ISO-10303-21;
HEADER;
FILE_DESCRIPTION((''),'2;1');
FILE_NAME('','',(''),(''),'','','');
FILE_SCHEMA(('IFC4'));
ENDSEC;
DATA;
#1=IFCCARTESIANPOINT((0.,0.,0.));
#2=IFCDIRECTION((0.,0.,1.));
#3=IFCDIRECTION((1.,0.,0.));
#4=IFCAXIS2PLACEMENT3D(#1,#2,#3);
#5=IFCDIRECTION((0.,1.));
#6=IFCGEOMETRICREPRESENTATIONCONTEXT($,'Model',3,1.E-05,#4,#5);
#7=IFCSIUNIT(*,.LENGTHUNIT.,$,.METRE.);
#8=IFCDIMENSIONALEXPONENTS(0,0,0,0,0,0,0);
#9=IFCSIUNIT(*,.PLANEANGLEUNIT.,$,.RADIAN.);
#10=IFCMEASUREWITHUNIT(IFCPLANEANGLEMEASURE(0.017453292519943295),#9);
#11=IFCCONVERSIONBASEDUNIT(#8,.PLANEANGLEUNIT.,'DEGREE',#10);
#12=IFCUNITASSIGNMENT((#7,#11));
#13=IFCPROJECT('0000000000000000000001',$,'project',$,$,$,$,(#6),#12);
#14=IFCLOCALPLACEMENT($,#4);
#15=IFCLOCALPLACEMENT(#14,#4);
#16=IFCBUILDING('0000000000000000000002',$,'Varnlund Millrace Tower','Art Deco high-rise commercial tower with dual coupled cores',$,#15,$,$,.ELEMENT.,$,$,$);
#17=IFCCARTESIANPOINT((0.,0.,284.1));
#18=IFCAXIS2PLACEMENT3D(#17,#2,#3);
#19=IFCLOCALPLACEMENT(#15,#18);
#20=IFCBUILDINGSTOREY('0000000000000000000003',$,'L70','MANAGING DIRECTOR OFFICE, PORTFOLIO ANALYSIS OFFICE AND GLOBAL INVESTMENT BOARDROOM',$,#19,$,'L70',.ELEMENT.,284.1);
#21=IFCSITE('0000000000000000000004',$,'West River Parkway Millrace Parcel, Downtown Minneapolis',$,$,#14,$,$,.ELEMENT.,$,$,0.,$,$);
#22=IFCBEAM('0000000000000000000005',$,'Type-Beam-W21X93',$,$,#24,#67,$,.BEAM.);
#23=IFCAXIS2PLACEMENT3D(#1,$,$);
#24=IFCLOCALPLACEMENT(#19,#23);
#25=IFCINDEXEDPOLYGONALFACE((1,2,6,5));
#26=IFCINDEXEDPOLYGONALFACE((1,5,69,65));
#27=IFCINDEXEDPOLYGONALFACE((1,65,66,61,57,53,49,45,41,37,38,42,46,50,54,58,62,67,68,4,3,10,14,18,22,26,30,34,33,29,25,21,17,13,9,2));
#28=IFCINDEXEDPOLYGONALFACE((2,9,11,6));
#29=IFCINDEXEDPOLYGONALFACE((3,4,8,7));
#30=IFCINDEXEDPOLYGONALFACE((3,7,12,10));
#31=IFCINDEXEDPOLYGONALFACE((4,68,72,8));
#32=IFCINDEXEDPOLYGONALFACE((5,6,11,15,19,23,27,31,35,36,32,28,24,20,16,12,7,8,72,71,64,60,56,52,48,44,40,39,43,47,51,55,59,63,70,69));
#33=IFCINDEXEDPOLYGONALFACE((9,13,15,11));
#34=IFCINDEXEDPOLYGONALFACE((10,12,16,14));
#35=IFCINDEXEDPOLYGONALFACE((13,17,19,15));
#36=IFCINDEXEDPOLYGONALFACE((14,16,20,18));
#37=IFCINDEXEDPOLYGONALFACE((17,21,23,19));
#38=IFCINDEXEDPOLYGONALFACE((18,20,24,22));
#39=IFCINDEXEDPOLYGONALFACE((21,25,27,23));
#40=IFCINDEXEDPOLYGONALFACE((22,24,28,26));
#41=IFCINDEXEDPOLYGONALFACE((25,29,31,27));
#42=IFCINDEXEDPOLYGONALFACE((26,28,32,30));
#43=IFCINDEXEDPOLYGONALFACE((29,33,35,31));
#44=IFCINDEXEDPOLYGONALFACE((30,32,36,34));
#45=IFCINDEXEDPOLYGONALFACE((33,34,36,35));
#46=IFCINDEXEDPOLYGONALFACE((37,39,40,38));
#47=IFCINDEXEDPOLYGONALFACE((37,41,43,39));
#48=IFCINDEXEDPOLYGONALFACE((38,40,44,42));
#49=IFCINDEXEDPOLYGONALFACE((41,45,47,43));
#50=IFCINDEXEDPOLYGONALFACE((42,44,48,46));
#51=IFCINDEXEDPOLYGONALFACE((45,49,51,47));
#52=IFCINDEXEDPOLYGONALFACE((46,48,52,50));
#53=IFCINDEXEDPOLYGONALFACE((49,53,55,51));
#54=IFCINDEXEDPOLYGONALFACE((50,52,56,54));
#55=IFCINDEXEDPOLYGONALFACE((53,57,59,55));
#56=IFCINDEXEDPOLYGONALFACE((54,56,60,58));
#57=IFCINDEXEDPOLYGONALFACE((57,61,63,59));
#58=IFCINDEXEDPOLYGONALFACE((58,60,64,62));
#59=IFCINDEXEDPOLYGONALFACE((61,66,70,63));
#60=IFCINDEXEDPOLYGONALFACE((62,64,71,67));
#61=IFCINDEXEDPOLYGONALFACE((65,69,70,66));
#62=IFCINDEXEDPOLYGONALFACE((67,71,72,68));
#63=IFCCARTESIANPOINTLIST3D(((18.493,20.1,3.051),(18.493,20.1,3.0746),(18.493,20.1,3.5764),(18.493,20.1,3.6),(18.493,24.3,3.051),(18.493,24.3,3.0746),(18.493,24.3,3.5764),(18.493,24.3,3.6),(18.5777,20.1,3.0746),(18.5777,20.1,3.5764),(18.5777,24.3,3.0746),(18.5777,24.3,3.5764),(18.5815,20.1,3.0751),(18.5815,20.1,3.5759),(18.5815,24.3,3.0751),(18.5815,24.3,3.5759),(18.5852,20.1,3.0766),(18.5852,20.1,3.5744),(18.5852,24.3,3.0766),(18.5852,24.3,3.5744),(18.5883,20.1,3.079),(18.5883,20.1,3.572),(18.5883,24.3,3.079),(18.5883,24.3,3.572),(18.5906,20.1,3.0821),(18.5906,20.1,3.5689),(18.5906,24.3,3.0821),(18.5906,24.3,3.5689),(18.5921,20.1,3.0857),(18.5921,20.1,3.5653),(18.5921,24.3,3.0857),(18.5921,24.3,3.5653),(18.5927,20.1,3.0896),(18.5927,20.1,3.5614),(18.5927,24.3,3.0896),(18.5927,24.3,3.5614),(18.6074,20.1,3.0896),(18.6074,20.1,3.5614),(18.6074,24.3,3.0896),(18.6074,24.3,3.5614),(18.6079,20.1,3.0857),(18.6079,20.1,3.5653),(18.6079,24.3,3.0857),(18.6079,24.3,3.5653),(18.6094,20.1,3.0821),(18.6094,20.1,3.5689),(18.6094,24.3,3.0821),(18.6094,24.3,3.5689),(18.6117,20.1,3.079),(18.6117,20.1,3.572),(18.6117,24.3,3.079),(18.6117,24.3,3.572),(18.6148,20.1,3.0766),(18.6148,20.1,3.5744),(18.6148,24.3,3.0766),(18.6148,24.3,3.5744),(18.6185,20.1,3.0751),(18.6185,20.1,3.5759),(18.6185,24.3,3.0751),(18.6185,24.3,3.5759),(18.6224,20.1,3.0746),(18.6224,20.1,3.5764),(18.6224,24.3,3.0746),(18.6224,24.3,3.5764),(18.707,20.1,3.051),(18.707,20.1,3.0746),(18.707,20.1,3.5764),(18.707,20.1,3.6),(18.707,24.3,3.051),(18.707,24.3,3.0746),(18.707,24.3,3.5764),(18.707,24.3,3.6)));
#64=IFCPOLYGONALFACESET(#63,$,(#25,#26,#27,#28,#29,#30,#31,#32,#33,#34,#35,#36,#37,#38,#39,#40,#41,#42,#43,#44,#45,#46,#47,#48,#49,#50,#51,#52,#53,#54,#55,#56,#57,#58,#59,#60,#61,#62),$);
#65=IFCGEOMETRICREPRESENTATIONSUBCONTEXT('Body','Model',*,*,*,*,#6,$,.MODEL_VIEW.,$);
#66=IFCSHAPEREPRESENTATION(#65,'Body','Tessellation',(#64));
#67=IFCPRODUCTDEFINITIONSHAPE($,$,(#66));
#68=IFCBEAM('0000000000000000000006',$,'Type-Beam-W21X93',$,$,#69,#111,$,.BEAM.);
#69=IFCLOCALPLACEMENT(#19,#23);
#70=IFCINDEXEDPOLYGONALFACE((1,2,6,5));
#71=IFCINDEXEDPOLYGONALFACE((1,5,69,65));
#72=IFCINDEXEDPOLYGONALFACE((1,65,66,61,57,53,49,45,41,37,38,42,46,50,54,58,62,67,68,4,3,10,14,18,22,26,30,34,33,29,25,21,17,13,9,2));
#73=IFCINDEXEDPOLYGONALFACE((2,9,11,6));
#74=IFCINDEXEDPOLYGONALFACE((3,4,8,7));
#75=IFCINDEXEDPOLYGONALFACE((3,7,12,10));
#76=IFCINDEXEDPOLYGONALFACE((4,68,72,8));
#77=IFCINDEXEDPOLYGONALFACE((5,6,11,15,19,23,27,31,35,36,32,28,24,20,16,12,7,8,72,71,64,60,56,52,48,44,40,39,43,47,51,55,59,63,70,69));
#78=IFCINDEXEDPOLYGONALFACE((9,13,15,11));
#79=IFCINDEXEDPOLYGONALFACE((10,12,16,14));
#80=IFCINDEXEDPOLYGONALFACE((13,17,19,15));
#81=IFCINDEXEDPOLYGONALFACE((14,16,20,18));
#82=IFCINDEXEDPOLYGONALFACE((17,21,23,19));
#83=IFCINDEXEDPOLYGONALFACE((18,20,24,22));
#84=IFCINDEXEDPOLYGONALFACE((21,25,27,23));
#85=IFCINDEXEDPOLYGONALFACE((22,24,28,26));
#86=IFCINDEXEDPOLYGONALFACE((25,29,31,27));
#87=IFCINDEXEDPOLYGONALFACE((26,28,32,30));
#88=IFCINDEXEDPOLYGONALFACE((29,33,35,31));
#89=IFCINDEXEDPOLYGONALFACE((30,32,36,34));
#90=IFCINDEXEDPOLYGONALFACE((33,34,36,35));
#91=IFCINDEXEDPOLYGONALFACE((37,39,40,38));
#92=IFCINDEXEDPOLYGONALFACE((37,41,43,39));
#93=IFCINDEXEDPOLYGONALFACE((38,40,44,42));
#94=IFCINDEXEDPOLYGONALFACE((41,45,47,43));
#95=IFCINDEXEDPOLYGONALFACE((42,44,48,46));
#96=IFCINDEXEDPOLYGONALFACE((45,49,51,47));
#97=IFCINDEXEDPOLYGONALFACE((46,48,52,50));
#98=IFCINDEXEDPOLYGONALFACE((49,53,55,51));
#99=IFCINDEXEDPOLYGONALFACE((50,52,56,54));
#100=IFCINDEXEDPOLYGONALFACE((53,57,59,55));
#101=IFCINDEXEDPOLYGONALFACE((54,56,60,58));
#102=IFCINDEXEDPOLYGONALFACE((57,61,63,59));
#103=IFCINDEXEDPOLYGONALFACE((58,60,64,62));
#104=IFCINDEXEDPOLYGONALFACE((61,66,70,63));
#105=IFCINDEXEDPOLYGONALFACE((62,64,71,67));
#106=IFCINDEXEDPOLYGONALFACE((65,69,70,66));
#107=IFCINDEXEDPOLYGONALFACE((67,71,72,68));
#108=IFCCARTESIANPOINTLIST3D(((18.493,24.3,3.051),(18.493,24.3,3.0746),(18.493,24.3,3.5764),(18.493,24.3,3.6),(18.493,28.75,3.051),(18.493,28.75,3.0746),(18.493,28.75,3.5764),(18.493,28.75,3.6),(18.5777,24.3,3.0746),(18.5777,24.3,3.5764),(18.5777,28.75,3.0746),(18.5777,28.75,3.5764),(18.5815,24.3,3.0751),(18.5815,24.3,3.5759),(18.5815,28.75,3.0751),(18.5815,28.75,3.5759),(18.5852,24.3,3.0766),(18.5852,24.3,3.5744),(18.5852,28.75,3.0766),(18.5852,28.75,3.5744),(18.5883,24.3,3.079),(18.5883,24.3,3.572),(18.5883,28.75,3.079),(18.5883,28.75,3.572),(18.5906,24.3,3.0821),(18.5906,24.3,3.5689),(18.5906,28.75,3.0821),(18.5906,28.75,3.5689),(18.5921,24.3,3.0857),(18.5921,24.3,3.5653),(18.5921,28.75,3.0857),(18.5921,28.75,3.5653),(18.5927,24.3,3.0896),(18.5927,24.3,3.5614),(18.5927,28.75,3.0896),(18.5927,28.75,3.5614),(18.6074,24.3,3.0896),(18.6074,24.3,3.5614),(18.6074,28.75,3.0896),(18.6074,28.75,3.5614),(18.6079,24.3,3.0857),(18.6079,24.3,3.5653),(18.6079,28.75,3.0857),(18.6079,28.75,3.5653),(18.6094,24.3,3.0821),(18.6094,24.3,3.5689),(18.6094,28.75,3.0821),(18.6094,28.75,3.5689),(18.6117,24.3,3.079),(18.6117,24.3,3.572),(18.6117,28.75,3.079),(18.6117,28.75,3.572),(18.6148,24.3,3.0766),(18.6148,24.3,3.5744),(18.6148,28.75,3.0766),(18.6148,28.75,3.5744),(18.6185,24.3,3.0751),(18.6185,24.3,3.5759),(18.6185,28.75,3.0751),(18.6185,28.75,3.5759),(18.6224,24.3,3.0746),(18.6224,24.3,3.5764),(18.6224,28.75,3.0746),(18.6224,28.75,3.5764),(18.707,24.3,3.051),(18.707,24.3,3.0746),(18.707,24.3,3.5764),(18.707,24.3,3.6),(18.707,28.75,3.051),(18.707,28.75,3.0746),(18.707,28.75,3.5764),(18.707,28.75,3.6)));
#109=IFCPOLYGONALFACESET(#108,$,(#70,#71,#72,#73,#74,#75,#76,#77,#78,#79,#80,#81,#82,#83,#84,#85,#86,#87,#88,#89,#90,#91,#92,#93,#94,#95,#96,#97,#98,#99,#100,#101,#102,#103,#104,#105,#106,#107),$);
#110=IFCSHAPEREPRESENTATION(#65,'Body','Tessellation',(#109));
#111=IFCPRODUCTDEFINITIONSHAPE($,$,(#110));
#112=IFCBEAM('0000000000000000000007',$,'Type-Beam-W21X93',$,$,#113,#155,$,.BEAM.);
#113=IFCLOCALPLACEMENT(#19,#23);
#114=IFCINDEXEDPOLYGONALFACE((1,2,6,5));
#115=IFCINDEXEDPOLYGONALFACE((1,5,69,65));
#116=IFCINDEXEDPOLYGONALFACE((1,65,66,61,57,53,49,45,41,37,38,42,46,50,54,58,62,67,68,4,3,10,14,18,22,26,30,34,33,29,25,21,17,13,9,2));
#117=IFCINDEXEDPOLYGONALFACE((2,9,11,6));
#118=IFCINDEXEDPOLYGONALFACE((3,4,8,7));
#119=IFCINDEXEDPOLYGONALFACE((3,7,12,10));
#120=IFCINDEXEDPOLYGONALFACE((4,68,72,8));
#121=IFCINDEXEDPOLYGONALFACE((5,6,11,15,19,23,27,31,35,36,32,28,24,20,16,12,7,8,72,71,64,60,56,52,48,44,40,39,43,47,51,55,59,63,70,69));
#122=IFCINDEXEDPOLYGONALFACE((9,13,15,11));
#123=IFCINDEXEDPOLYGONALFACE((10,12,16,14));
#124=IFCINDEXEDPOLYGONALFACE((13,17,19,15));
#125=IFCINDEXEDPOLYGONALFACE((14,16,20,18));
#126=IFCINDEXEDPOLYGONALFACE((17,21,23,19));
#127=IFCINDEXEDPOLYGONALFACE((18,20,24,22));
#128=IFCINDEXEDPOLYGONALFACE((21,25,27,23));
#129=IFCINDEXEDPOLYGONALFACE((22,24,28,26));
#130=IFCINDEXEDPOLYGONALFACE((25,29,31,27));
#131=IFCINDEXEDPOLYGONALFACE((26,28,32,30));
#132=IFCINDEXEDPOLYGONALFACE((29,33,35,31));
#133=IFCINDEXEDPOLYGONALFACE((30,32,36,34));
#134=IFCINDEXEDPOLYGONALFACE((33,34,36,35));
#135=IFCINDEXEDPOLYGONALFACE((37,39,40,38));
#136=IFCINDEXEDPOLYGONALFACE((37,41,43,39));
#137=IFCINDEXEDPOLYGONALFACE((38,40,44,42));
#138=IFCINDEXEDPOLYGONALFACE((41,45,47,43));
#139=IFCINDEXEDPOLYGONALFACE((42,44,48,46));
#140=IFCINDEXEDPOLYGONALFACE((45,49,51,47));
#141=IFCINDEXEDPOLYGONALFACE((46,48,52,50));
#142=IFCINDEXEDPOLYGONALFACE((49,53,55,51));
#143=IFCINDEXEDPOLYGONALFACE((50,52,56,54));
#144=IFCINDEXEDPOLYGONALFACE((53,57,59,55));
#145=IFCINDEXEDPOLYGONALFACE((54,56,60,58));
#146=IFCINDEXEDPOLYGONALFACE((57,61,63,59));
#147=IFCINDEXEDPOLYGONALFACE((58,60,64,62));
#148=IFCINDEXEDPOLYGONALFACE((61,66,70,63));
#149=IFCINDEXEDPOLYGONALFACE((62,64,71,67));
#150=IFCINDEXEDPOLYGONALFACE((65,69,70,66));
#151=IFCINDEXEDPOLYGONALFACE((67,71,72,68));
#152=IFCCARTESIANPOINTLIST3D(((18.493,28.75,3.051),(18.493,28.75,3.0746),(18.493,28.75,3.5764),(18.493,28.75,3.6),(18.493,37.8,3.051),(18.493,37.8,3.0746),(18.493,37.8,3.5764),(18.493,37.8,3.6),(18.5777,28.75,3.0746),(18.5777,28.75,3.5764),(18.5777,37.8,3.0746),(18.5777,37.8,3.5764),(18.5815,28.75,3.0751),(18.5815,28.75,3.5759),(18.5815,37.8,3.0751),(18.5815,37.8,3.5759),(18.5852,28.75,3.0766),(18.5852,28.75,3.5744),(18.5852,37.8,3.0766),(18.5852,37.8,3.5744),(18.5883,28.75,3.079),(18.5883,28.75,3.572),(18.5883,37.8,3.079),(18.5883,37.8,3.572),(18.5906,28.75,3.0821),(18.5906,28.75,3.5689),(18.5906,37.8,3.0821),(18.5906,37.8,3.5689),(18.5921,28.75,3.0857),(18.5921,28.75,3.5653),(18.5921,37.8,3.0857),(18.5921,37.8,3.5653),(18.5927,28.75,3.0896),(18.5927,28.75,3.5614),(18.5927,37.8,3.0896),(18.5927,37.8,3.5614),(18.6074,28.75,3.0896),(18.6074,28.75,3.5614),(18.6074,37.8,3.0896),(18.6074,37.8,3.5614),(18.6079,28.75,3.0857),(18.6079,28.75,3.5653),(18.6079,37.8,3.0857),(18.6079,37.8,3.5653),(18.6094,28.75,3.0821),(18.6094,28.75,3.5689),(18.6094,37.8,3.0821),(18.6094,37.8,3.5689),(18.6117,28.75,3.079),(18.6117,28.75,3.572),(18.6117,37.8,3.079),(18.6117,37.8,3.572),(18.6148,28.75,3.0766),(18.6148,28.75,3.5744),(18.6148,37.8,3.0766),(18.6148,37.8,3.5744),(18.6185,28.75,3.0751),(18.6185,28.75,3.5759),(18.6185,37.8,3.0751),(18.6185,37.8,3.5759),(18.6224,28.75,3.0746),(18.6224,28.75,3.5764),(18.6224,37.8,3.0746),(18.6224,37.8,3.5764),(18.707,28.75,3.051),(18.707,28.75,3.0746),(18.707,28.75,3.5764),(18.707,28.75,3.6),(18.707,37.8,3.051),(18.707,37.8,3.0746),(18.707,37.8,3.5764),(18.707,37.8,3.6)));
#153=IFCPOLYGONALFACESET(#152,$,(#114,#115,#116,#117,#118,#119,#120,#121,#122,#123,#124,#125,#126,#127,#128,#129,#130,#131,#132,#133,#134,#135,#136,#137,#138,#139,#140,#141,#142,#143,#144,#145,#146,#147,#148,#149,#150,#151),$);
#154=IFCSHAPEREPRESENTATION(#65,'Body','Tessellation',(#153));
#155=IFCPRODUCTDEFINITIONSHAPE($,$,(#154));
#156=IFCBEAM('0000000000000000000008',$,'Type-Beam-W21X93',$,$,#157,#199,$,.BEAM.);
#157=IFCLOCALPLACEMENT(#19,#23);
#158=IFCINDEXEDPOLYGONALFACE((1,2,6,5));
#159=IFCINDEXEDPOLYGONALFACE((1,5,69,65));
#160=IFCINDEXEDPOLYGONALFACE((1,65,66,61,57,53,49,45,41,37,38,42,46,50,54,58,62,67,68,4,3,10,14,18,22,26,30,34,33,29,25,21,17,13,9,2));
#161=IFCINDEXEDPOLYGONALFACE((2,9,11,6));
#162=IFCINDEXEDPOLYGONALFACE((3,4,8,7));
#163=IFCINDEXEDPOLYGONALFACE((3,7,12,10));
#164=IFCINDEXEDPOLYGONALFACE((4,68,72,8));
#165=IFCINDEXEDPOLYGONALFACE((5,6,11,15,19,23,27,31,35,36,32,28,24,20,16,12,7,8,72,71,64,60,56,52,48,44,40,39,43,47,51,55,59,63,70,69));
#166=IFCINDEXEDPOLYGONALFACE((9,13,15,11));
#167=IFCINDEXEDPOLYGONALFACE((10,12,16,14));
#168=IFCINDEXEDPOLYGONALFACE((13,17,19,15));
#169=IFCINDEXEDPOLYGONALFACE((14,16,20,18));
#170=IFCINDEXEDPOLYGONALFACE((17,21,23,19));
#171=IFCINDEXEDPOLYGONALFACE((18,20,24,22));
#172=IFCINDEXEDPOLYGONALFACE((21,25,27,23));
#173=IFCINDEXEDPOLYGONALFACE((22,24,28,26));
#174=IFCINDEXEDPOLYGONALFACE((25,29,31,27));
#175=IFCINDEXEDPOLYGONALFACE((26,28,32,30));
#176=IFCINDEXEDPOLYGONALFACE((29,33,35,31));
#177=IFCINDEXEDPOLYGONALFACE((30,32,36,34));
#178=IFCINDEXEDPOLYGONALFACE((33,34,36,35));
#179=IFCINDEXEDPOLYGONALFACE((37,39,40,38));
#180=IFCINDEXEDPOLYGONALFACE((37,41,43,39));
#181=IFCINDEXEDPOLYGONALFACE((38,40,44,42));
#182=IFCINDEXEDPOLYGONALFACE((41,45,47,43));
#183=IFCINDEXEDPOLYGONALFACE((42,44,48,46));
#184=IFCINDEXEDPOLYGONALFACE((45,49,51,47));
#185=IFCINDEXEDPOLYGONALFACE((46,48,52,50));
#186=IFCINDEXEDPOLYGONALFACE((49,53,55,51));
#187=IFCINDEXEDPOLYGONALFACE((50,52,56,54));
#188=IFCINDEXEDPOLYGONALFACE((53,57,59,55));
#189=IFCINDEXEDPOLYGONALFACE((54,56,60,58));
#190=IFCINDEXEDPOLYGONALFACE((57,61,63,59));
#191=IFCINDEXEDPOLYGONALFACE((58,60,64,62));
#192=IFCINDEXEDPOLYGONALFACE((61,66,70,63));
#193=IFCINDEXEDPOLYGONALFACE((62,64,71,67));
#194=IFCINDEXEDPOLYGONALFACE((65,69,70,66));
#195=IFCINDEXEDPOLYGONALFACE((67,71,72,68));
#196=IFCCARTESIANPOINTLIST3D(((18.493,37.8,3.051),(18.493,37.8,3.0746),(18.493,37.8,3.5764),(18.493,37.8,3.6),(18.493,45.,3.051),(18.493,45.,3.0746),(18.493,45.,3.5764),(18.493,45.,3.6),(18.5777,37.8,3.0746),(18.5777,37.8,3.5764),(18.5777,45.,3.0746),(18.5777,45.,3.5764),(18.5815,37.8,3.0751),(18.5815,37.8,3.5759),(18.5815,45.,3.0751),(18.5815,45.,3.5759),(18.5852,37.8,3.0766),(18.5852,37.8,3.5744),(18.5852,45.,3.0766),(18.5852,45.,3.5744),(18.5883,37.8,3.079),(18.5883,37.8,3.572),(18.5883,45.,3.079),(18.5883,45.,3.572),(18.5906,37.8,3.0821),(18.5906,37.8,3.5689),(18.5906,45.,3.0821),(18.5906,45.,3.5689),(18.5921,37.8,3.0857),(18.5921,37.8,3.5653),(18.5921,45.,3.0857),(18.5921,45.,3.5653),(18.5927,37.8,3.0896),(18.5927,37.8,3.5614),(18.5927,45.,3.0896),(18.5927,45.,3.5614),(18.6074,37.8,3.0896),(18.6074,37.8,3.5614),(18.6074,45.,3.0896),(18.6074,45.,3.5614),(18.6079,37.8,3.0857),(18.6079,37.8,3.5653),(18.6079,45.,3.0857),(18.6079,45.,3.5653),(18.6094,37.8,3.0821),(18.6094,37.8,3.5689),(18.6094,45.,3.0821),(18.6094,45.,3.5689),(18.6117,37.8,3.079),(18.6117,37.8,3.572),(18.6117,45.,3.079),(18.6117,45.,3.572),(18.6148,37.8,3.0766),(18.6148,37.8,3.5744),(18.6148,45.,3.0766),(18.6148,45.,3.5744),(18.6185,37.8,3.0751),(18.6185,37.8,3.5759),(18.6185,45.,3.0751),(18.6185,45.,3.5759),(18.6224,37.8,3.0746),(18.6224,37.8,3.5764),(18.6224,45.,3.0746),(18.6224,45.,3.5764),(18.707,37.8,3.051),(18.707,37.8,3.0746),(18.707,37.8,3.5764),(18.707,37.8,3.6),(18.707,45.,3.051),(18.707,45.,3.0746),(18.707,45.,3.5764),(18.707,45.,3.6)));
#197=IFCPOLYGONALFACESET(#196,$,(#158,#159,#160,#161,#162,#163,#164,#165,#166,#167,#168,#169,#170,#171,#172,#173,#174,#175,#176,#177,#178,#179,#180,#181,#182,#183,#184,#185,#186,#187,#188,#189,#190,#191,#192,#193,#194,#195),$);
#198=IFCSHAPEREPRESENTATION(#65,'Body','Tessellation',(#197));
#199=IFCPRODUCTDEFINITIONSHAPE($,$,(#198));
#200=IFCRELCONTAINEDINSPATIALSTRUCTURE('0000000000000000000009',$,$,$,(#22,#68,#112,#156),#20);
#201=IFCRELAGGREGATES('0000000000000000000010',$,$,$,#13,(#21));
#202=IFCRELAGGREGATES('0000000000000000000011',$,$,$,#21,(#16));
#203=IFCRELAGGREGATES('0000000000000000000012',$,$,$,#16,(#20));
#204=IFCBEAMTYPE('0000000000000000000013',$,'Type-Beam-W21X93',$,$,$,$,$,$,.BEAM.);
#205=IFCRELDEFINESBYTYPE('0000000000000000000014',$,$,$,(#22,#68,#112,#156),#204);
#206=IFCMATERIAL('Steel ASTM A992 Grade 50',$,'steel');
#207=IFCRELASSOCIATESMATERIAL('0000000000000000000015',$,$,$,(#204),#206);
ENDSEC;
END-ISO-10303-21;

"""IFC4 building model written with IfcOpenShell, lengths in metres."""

from ifc_helpers import new_model, entity, si_unit, converted_unit, direction, frame, origin_with_axes, origin_2d_with_axis, place, context, subcontext, project, spatial, i_section, extrude, material, material_profile, profile_set, type_object, element, save


model = new_model("IFC4")

# Units and contexts
model_context = context("Model", 3, precision=1e-05, world=origin_with_axes(), true_north=direction((0.0, 1.0)))
body_context = subcontext(model_context, "Body", "Model", "MODEL_VIEW")
ifc_project = project(units=[si_unit("LENGTHUNIT", "METRE"), converted_unit("PLANEANGLEUNIT", "DEGREE", entity("IfcPlaneAngleMeasure", 0.017453292519943295), si_unit("PLANEANGLEUNIT", "RADIAN"), dimensions=[0, 0, 0, 0, 0, 0, 0])], contexts=[model_context])

# Site, building, storey
site_placement = place(None, origin_with_axes())
site = spatial("IfcSite", under=ifc_project, at=site_placement, Name="West River Parkway Millrace Parcel, Downtown Minneapolis", CompositionType="ELEMENT", RefElevation=0.0)
building_placement = place(site_placement, origin_with_axes())
building = spatial("IfcBuilding", under=site, at=building_placement, Name="Varnlund Millrace Tower", Description="Art Deco high-rise commercial tower with dual coupled cores", CompositionType="ELEMENT")
storey_placement = place(building_placement, frame((0.0, 0.0, 284.1), z_axis=(0.0, 0.0, 1.0), x_axis=(1.0, 0.0, 0.0)))
storey = spatial("IfcBuildingStorey", under=building, at=storey_placement, Name="L70", Description="MANAGING DIRECTOR OFFICE, PORTFOLIO ANALYSIS OFFICE AND GLOBAL INVESTMENT BOARDROOM", LongName="L70", CompositionType="ELEMENT", Elevation=284.1)

# Beams
ifc_material_1 = material(Name="Steel ASTM A992 Grade 50", Category="steel")
ifc_material_profile_1 = material_profile(ifc_material_1, i_section(OverallWidth=0.214, OverallDepth=0.549, WebThickness=0.0147, FlangeThickness=0.0236, FilletRadius=0.015, at=origin_2d_with_axis()), Name="Steel ASTM A992 Grade 50")
ifc_profile_set_1 = profile_set([ifc_material_profile_1], Name="Steel ASTM A992 Grade 50")
beam_type_1 = type_object("IfcBeamType", Name="Type-Beam-W21X93", PredefinedType="BEAM", material=ifc_profile_set_1)
beam_1_placement = place(storey_placement, frame((18.6, 20.1, 3.3255), z_axis=(0.0, 1.0, 0.0), x_axis=(-1.0, 0.0, 0.0)))
element("IfcBeam", 1, at=beam_1_placement, inside=storey, type_object=beam_type_1, Name="Type-Beam-W21X93", PredefinedType="BEAM", context=body_context, shape_type="SweptSolid", body=[
    extrude(i_section(OverallWidth=0.214, OverallDepth=0.549, WebThickness=0.0147, FlangeThickness=0.0236, FilletRadius=0.015, at=origin_2d_with_axis()), origin_with_axes(), (0.0, 0.0, 1.0), 4.2),
])
beam_2_placement = place(storey_placement, frame((18.6, 24.3, 3.3255), z_axis=(0.0, 1.0, 0.0), x_axis=(-1.0, 0.0, 0.0)))
element("IfcBeam", 2, at=beam_2_placement, inside=storey, type_object=beam_type_1, Name="Type-Beam-W21X93", PredefinedType="BEAM", context=body_context, shape_type="SweptSolid", body=[
    extrude(i_section(OverallWidth=0.214, OverallDepth=0.549, WebThickness=0.0147, FlangeThickness=0.0236, FilletRadius=0.015, at=origin_2d_with_axis()), origin_with_axes(), (0.0, 0.0, 1.0), 4.45),
])
beam_3_placement = place(storey_placement, frame((18.6, 28.75, 3.3255), z_axis=(0.0, 1.0, 0.0), x_axis=(-1.0, 0.0, 0.0)))
element("IfcBeam", 3, at=beam_3_placement, inside=storey, type_object=beam_type_1, Name="Type-Beam-W21X93", PredefinedType="BEAM", context=body_context, shape_type="SweptSolid", body=[
    extrude(i_section(OverallWidth=0.214, OverallDepth=0.549, WebThickness=0.0147, FlangeThickness=0.0236, FilletRadius=0.015, at=origin_2d_with_axis()), origin_with_axes(), (0.0, 0.0, 1.0), 9.05),
])
beam_4_placement = place(storey_placement, frame((18.6, 37.8, 3.3255), z_axis=(0.0, 1.0, 0.0), x_axis=(-1.0, 0.0, 0.0)))
element("IfcBeam", 4, at=beam_4_placement, inside=storey, type_object=beam_type_1, Name="Type-Beam-W21X93", PredefinedType="BEAM", context=body_context, shape_type="SweptSolid", body=[
    extrude(i_section(OverallWidth=0.214, OverallDepth=0.549, WebThickness=0.0147, FlangeThickness=0.0236, FilletRadius=0.015, at=origin_2d_with_axis()), origin_with_axes(), (0.0, 0.0, 1.0), 7.2),
])

save(model, "model.ifc")
